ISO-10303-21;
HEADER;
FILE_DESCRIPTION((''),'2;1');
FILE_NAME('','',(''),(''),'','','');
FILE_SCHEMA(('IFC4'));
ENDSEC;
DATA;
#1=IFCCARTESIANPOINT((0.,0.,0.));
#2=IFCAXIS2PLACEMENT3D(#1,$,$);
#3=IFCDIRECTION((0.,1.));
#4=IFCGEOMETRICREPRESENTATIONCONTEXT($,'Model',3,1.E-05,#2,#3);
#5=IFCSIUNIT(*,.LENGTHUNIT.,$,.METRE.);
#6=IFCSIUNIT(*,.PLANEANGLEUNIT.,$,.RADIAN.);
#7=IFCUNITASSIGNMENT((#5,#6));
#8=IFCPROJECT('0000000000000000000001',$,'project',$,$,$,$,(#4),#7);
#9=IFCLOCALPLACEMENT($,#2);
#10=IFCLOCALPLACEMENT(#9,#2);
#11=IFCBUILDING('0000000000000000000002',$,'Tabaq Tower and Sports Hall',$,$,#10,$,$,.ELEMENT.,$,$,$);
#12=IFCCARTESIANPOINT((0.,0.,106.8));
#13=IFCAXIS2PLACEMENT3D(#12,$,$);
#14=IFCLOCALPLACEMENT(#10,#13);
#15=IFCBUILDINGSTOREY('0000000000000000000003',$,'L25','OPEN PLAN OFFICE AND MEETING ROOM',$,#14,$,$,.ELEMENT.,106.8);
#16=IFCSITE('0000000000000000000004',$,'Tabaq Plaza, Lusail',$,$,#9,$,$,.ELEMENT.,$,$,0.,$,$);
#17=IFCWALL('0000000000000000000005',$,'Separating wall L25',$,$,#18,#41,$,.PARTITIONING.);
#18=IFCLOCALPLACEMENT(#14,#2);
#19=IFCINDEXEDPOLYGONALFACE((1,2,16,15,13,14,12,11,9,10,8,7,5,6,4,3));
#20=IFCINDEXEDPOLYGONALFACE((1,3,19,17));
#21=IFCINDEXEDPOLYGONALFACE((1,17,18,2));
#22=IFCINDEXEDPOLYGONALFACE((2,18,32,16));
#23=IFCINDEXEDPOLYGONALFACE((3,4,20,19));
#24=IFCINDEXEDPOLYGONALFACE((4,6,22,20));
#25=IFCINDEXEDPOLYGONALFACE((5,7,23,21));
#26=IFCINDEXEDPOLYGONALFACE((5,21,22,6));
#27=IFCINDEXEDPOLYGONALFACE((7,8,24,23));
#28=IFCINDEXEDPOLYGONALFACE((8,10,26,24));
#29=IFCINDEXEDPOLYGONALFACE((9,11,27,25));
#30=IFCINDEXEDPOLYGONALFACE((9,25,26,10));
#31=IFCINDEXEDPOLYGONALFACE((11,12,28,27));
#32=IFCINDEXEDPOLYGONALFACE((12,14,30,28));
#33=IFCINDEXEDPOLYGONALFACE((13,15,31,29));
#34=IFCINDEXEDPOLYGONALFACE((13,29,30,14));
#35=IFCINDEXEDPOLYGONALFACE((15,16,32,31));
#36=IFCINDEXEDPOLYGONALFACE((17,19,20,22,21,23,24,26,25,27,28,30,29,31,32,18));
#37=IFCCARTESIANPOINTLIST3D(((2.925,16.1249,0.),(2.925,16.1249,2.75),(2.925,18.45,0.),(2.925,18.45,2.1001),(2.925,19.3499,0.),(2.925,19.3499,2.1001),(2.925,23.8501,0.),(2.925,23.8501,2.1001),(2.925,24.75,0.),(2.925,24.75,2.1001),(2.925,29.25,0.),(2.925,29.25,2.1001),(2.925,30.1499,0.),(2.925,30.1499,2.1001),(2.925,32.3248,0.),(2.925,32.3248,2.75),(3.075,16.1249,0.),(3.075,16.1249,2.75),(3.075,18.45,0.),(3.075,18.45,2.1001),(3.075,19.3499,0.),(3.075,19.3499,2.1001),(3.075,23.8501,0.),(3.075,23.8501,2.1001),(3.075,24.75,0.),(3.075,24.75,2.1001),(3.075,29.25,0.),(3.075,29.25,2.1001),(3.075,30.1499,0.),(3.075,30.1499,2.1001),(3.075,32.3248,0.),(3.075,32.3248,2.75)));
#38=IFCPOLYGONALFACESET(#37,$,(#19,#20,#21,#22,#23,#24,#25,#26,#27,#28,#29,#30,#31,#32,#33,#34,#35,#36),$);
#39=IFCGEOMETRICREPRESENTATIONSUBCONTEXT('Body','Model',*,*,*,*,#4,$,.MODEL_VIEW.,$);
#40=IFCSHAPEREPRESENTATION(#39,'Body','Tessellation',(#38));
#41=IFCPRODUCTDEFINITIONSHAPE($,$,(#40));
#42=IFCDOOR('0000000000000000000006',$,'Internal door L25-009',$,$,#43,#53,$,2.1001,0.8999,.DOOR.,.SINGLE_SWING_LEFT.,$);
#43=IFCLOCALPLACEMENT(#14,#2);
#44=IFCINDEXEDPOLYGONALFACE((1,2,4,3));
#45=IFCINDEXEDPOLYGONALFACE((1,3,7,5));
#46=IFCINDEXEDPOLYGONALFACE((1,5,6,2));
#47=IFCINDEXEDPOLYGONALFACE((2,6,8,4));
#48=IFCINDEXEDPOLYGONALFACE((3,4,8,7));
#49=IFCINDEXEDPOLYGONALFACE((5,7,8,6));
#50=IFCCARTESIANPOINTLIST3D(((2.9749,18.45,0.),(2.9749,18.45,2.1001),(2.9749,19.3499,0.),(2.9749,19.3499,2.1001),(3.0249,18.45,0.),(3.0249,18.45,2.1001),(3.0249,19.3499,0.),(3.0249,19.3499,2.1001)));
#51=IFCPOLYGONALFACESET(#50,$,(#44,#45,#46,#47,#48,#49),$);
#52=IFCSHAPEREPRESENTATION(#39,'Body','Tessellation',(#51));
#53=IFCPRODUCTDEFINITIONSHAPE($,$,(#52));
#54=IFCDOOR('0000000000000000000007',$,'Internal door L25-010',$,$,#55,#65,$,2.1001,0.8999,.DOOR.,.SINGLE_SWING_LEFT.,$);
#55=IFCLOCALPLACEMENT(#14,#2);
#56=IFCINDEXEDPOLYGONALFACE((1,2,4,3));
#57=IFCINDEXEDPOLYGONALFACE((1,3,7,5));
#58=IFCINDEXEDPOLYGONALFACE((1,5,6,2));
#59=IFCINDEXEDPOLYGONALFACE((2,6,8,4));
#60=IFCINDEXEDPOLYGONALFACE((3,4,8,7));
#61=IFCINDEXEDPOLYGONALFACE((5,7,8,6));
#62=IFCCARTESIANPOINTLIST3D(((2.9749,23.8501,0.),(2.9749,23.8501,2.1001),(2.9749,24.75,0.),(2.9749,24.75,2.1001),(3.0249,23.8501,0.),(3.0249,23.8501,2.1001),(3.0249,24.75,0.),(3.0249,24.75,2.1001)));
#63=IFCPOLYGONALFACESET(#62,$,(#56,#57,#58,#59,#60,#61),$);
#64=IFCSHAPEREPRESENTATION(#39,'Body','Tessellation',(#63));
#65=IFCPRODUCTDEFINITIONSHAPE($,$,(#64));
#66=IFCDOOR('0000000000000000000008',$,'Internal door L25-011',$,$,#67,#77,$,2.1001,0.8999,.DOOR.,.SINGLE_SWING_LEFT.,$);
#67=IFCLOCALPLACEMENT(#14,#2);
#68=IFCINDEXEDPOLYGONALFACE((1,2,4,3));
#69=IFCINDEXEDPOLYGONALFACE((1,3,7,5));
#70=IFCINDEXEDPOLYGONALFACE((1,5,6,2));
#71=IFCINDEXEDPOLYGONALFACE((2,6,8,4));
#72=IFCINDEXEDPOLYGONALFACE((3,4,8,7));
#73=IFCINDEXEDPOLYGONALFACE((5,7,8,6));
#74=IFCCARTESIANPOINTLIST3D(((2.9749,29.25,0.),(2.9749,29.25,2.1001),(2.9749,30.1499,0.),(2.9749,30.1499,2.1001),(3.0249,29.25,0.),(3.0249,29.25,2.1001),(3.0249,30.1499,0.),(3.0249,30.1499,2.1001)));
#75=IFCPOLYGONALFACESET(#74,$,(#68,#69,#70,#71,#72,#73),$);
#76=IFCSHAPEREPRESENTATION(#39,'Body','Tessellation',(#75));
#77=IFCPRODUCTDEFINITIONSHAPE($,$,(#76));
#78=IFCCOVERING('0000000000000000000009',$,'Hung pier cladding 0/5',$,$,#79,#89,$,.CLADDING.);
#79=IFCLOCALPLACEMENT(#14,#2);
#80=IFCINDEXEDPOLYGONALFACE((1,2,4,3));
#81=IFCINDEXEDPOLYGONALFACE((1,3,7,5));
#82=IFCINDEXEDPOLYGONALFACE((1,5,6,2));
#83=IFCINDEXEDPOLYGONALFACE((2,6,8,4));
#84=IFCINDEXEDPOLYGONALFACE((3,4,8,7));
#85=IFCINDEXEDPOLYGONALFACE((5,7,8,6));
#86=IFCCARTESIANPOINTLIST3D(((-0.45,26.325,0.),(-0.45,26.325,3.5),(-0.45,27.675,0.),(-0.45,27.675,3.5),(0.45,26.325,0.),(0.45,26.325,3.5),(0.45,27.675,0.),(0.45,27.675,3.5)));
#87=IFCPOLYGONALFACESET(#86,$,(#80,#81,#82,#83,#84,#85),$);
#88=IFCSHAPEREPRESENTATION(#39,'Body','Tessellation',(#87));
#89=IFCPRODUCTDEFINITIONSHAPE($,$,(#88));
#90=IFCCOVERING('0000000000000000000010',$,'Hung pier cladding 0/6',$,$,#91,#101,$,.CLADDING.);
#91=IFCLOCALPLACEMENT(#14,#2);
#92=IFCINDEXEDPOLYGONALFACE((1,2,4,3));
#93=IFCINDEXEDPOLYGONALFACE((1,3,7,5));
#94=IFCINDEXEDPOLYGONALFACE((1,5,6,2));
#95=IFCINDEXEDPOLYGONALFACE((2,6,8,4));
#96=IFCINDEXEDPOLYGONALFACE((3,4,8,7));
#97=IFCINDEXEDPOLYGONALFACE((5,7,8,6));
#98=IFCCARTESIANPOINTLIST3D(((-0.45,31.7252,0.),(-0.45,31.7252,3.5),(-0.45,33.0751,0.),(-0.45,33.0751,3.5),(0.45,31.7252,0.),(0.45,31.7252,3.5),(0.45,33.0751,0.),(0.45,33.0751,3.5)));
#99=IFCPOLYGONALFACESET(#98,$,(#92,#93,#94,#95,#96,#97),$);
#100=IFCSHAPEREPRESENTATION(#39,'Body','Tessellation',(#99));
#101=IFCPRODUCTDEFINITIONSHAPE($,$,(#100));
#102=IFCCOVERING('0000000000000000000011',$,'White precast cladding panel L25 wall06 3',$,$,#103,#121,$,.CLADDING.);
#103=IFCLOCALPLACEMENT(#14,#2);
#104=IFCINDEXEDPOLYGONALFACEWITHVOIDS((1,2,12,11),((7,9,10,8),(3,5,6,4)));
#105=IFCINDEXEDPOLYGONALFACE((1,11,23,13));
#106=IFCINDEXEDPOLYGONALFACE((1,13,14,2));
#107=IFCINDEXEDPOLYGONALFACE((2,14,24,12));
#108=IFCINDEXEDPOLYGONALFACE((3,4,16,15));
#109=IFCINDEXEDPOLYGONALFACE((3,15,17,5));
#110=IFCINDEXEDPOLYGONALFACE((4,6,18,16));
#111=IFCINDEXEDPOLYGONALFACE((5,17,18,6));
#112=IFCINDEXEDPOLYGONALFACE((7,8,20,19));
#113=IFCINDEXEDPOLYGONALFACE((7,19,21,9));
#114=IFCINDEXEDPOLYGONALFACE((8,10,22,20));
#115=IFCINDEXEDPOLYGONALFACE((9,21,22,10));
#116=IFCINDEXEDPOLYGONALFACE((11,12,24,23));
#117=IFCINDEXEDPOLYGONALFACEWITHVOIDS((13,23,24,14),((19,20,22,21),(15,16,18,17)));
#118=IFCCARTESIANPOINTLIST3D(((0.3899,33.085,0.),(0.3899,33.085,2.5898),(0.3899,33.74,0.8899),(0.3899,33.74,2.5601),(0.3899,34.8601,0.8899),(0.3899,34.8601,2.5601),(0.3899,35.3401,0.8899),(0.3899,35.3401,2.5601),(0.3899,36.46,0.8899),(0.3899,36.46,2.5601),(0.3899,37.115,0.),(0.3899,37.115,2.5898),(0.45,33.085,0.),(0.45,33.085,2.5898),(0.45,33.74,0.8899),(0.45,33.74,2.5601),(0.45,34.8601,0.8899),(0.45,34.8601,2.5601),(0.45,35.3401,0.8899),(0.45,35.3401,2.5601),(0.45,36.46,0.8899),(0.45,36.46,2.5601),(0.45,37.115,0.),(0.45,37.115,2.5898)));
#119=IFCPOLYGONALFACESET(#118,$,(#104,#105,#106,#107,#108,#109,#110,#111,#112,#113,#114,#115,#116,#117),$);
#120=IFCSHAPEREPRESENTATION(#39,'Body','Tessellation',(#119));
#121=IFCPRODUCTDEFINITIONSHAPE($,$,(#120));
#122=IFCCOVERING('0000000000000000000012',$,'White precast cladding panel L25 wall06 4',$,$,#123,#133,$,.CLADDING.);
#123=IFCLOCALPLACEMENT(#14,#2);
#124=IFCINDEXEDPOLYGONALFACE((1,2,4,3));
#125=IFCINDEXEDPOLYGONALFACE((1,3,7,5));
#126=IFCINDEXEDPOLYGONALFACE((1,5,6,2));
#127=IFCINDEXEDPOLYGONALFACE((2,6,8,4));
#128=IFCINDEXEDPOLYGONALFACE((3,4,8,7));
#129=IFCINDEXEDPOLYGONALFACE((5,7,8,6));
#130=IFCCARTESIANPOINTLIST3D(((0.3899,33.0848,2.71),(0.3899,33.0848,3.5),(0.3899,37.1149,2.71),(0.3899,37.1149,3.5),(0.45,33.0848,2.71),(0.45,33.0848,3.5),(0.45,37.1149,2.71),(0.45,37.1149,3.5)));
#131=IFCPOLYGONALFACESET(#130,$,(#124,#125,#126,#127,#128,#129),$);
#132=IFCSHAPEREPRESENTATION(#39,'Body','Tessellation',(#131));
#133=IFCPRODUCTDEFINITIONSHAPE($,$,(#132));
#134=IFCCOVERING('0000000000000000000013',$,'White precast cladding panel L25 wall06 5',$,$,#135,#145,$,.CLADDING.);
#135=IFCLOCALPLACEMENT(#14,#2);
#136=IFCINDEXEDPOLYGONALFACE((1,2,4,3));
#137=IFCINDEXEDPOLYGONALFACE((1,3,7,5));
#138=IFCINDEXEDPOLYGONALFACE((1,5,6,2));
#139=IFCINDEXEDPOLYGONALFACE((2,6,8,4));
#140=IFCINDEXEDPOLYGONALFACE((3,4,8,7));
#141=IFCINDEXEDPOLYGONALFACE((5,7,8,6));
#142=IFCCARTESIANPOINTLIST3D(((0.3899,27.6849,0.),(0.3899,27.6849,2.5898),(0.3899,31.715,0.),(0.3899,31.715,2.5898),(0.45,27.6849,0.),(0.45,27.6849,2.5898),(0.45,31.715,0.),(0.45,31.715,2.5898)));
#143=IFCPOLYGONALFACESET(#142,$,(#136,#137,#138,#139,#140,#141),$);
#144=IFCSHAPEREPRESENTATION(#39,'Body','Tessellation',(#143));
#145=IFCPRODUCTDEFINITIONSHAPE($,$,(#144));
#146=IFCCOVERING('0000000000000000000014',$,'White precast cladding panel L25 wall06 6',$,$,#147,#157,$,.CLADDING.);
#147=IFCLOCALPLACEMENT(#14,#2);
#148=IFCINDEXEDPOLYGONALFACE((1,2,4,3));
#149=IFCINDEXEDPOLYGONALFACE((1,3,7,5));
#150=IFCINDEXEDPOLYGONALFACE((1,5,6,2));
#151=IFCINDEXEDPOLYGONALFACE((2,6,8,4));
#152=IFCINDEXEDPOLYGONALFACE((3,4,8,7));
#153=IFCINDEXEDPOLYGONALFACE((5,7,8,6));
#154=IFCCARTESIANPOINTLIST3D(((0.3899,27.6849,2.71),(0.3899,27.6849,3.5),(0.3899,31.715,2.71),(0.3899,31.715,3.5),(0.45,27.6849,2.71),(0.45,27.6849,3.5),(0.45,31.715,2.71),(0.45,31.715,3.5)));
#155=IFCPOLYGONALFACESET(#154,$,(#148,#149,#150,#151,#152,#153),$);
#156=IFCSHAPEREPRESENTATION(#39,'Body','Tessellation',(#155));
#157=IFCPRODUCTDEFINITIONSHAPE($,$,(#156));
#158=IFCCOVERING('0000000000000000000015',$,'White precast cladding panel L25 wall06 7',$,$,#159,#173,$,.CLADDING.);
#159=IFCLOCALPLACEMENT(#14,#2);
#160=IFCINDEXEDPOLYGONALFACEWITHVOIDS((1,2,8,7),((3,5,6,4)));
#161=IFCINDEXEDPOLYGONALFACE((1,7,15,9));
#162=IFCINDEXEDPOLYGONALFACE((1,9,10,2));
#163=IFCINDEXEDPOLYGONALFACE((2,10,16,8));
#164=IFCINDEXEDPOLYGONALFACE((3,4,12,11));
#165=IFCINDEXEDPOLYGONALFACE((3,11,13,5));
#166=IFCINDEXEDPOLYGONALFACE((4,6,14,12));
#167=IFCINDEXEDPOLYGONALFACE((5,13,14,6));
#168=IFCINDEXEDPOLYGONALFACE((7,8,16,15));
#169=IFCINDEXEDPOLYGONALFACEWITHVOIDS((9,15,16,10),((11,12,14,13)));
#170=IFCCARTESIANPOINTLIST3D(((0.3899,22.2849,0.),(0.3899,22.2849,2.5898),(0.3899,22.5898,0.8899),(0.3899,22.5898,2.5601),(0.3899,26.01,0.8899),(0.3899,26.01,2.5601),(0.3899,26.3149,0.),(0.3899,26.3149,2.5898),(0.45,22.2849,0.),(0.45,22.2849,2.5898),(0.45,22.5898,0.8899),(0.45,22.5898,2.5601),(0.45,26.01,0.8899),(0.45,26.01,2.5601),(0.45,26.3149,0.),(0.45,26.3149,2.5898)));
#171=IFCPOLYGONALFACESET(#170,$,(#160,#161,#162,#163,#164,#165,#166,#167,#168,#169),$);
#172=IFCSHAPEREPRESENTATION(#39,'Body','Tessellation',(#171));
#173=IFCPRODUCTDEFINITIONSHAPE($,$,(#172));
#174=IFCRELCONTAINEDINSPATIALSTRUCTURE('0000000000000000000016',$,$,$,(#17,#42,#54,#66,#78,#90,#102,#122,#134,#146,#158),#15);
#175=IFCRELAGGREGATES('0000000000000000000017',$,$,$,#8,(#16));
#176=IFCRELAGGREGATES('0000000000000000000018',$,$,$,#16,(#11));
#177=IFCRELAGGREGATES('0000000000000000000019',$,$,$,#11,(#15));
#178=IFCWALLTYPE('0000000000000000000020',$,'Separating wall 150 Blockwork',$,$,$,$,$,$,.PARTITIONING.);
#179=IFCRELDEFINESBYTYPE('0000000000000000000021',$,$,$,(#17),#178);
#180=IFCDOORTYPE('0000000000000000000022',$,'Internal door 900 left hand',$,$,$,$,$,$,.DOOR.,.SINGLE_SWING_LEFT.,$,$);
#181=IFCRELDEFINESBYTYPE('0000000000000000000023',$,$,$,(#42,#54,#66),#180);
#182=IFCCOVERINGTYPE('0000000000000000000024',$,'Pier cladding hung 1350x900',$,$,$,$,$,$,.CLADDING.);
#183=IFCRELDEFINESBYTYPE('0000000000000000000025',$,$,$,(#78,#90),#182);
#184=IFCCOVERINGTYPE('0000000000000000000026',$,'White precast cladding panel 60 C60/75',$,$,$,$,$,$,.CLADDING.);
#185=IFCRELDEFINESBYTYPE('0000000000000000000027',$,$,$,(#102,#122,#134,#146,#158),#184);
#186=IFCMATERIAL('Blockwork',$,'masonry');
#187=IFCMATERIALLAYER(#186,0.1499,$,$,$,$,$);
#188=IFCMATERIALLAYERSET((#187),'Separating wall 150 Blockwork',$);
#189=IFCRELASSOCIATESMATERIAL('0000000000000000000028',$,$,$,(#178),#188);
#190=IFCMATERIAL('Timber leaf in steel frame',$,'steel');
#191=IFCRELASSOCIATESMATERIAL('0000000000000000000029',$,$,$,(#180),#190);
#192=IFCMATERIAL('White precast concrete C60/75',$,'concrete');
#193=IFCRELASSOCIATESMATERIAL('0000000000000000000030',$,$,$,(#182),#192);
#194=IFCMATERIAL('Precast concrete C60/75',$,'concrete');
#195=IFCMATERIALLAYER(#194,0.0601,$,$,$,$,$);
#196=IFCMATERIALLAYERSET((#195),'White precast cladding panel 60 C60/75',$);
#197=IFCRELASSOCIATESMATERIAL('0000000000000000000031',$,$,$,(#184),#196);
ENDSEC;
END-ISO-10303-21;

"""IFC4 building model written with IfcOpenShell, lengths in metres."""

from ifc_helpers import new_model, si_unit, direction, frame, frame_2d, origin, place, context, subcontext, project, spatial, polyline, rectangle, outline, extrude, material, layer, layer_set, type_object, element, fill, save


model = new_model("IFC4")

# Units and contexts
model_context = context("Model", 3, precision=1e-05, world=origin(), true_north=direction((0.0, 1.0)))
body_context = subcontext(model_context, "Body", "Model", "MODEL_VIEW")
ifc_project = project(units=[si_unit("LENGTHUNIT", "METRE"), si_unit("PLANEANGLEUNIT", "RADIAN")], contexts=[model_context])

# Site, building, storey
site_placement = place(None, origin())
site = spatial("IfcSite", under=ifc_project, at=site_placement, Name="Tabaq Plaza, Lusail", CompositionType="ELEMENT", RefElevation=0.0)
building_placement = place(site_placement, origin())
building = spatial("IfcBuilding", under=site, at=building_placement, Name="Tabaq Tower and Sports Hall", CompositionType="ELEMENT")
storey_placement = place(building_placement, frame((0.0, 0.0, 106.8)))
storey = spatial("IfcBuildingStorey", under=building, at=storey_placement, Name="L25", Description="OPEN PLAN OFFICE AND MEETING ROOM", CompositionType="ELEMENT", Elevation=106.8)

# Shared definitions
ifc_material_1 = material(Name="Blockwork", Category="masonry")
ifc_layer_1 = layer(ifc_material_1, 0.1499)
ifc_layer_set_1 = layer_set([ifc_layer_1], Name="Separating wall 150 Blockwork")
wall_type_1 = type_object("IfcWallType", Name="Separating wall 150 Blockwork", PredefinedType="PARTITIONING", material=ifc_layer_set_1)

# Wall, openings, doors
wall_1_placement = place(storey_placement, frame((3.0, 32.325, 0.0), z_axis=(0.0, 0.0, 1.0), x_axis=(0.0, -1.0, 0.0)))
wall_1 = element("IfcWall", 1, at=wall_1_placement, inside=storey, type_object=wall_type_1, Name="Separating wall L25", PredefinedType="PARTITIONING", context=body_context, shape_type="SweptSolid", body=[
    extrude(rectangle(XDim=16.2, YDim=0.1499, at=frame_2d((8.1001, 0.0))), origin(), (0.0, 0.0, 1.0), 2.75),
])
opening_1_placement = place(wall_1_placement, frame((12.9751, 0.0, 0.0)))
opening_1 = element("IfcOpeningElement", 2, at=opening_1_placement, cuts=wall_1, PredefinedType="OPENING", context=body_context, shape_type="SweptSolid", body=[
    extrude(rectangle(XDim=0.8999, YDim=2.1001, at=frame_2d((0.45, 1.05))), frame((0.0, 0.075, 0.0), z_axis=(0.0, -1.0, 0.0), x_axis=(1.0, 0.0, 0.0)), (0.0, 0.0, 1.0), 0.1499),
])
opening_2_placement = place(wall_1_placement, frame((7.575, 0.0, 0.0)))
opening_2 = element("IfcOpeningElement", 3, at=opening_2_placement, cuts=wall_1, PredefinedType="OPENING", context=body_context, shape_type="SweptSolid", body=[
    extrude(rectangle(XDim=0.8999, YDim=2.1001, at=frame_2d((0.45, 1.05))), frame((0.0, 0.075, 0.0), z_axis=(0.0, -1.0, 0.0), x_axis=(1.0, 0.0, 0.0)), (0.0, 0.0, 1.0), 0.1499),
])
opening_3_placement = place(wall_1_placement, frame((2.175, 0.0, 0.0)))
opening_3 = element("IfcOpeningElement", 4, at=opening_3_placement, cuts=wall_1, PredefinedType="OPENING", context=body_context, shape_type="SweptSolid", body=[
    extrude(rectangle(XDim=0.8999, YDim=2.1001, at=frame_2d((0.45, 1.05))), frame((0.0, 0.075, 0.0), z_axis=(0.0, -1.0, 0.0), x_axis=(1.0, 0.0, 0.0)), (0.0, 0.0, 1.0), 0.1499),
])
ifc_material_2 = material(Name="Timber leaf in steel frame", Category="steel")
door_type_1 = type_object("IfcDoorType", Name="Internal door 900 left hand", OperationType="SINGLE_SWING_LEFT", PredefinedType="DOOR", material=ifc_material_2)
door_1_placement = place(opening_1_placement, origin())
door_1 = element("IfcDoor", 5, at=door_1_placement, inside=storey, type_object=door_type_1, Name="Internal door L25-009", OperationType="SINGLE_SWING_LEFT", OverallHeight=2.1001, OverallWidth=0.8999, PredefinedType="DOOR", context=body_context, shape_type="SweptSolid", body=[
    extrude(rectangle(XDim=0.8999, YDim=2.1001, at=frame_2d((0.45, 1.05))), frame((0.0, 0.0249, 0.0), z_axis=(0.0, -1.0, 0.0), x_axis=(1.0, 0.0, 0.0)), (0.0, 0.0, 1.0), 0.05),
])
fill(opening_1, door_1)
door_2_placement = place(opening_2_placement, origin())
door_2 = element("IfcDoor", 6, at=door_2_placement, inside=storey, type_object=door_type_1, Name="Internal door L25-010", OperationType="SINGLE_SWING_LEFT", OverallHeight=2.1001, OverallWidth=0.8999, PredefinedType="DOOR", context=body_context, shape_type="SweptSolid", body=[
    extrude(rectangle(XDim=0.8999, YDim=2.1001, at=frame_2d((0.45, 1.05))), frame((0.0, 0.0249, 0.0), z_axis=(0.0, -1.0, 0.0), x_axis=(1.0, 0.0, 0.0)), (0.0, 0.0, 1.0), 0.05),
])
fill(opening_2, door_2)
door_3_placement = place(opening_3_placement, origin())
door_3 = element("IfcDoor", 7, at=door_3_placement, inside=storey, type_object=door_type_1, Name="Internal door L25-011", OperationType="SINGLE_SWING_LEFT", OverallHeight=2.1001, OverallWidth=0.8999, PredefinedType="DOOR", context=body_context, shape_type="SweptSolid", body=[
    extrude(rectangle(XDim=0.8999, YDim=2.1001, at=frame_2d((0.45, 1.05))), frame((0.0, 0.0249, 0.0), z_axis=(0.0, -1.0, 0.0), x_axis=(1.0, 0.0, 0.0)), (0.0, 0.0, 1.0), 0.05),
])
fill(opening_3, door_3)

# Coverings
ifc_material_3 = material(Name="White precast concrete C60/75", Category="concrete")
covering_type_1 = type_object("IfcCoveringType", Name="Pier cladding hung 1350x900", PredefinedType="CLADDING", material=ifc_material_3)
covering_1_placement = place(storey_placement, frame((0.0, 27.675, 0.0), z_axis=(0.0, 0.0, 1.0), x_axis=(0.0, -1.0, 0.0)))
element("IfcCovering", 8, at=covering_1_placement, inside=storey, type_object=covering_type_1, Name="Hung pier cladding 0/5", PredefinedType="CLADDING", context=body_context, shape_type="SweptSolid", body=[
    extrude(rectangle(XDim=1.3501, YDim=0.8999, at=frame_2d((0.675, 0.0))), origin(), (0.0, 0.0, 1.0), 3.5),
])
covering_2_placement = place(storey_placement, frame((0.0, 33.075, 0.0), z_axis=(0.0, 0.0, 1.0), x_axis=(0.0, -1.0, 0.0)))
element("IfcCovering", 9, at=covering_2_placement, inside=storey, type_object=covering_type_1, Name="Hung pier cladding 0/6", PredefinedType="CLADDING", context=body_context, shape_type="SweptSolid", body=[
    extrude(rectangle(XDim=1.3499, YDim=0.8999, at=frame_2d((0.6748, 0.0))), origin(), (0.0, 0.0, 1.0), 3.5),
])
ifc_material_4 = material(Name="Precast concrete C60/75", Category="concrete")
ifc_layer_2 = layer(ifc_material_4, 0.0601)
ifc_layer_set_2 = layer_set([ifc_layer_2], Name="White precast cladding panel 60 C60/75")
covering_type_2 = type_object("IfcCoveringType", Name="White precast cladding panel 60 C60/75", PredefinedType="CLADDING", material=ifc_layer_set_2)
covering_3_placement = place(storey_placement, frame((0.4199, 37.115, 0.0), z_axis=(0.0, 0.0, 1.0), x_axis=(0.0, -1.0, 0.0)))
element("IfcCovering", 10, at=covering_3_placement, inside=storey, type_object=covering_type_2, Name="White precast cladding panel L25 wall06 3", PredefinedType="CLADDING", context=body_context, shape_type="SweptSolid", body=[
    extrude(outline(polyline([(0.0, 0.0), (4.03, 0.0), (4.03, 2.5898), (0.0, 2.5898), (0.0, 0.0)]), holes=[polyline([(0.655, 0.8899), (0.655, 2.5601), (1.7749, 2.5601), (1.7749, 0.8899), (0.655, 0.8899)]), polyline([(2.2549, 0.8899), (2.2549, 2.5601), (3.375, 2.5601), (3.375, 0.8899), (2.2549, 0.8899)])]), frame((0.0, 0.03, 0.0), z_axis=(0.0, -1.0, 0.0), x_axis=(1.0, 0.0, 0.0)), (0.0, 0.0, 1.0), 0.0601),
])
covering_4_placement = place(storey_placement, frame((0.4199, 37.115, 2.71), z_axis=(0.0, 0.0, 1.0), x_axis=(0.0, -1.0, 0.0)))
element("IfcCovering", 11, at=covering_4_placement, inside=storey, type_object=covering_type_2, Name="White precast cladding panel L25 wall06 4", PredefinedType="CLADDING", context=body_context, shape_type="SweptSolid", body=[
    extrude(rectangle(XDim=4.03, YDim=0.0601, at=frame_2d((2.0151, 0.0))), origin(), (0.0, 0.0, 1.0), 0.79),
])
covering_5_placement = place(storey_placement, frame((0.4199, 31.7151, 0.0), z_axis=(0.0, 0.0, 1.0), x_axis=(0.0, -1.0, 0.0)))
element("IfcCovering", 12, at=covering_5_placement, inside=storey, type_object=covering_type_2, Name="White precast cladding panel L25 wall06 5", PredefinedType="CLADDING", context=body_context, shape_type="SweptSolid", body=[
    extrude(rectangle(XDim=4.03, YDim=0.0601, at=frame_2d((2.0151, 0.0))), origin(), (0.0, 0.0, 1.0), 2.5898),
])
covering_6_placement = place(storey_placement, frame((0.4199, 31.7151, 2.71), z_axis=(0.0, 0.0, 1.0), x_axis=(0.0, -1.0, 0.0)))
element("IfcCovering", 13, at=covering_6_placement, inside=storey, type_object=covering_type_2, Name="White precast cladding panel L25 wall06 6", PredefinedType="CLADDING", context=body_context, shape_type="SweptSolid", body=[
    extrude(rectangle(XDim=4.03, YDim=0.0601, at=frame_2d((2.0151, 0.0))), origin(), (0.0, 0.0, 1.0), 0.79),
])
covering_7_placement = place(storey_placement, frame((0.4199, 26.3149, 0.0), z_axis=(0.0, 0.0, 1.0), x_axis=(0.0, -1.0, 0.0)))
element("IfcCovering", 14, at=covering_7_placement, inside=storey, type_object=covering_type_2, Name="White precast cladding panel L25 wall06 7", PredefinedType="CLADDING", context=body_context, shape_type="SweptSolid", body=[
    extrude(outline(polyline([(0.0, 0.0), (4.03, 0.0), (4.03, 2.5898), (0.0, 2.5898), (0.0, 0.0)]), holes=[polyline([(3.7251, 0.8899), (0.3049, 0.8899), (0.3049, 2.5601), (3.7251, 2.5601), (3.7251, 0.8899)])]), frame((0.0, 0.03, 0.0), z_axis=(0.0, -1.0, 0.0), x_axis=(1.0, 0.0, 0.0)), (0.0, 0.0, 1.0), 0.0601),
])

save(model, "model.ifc")
